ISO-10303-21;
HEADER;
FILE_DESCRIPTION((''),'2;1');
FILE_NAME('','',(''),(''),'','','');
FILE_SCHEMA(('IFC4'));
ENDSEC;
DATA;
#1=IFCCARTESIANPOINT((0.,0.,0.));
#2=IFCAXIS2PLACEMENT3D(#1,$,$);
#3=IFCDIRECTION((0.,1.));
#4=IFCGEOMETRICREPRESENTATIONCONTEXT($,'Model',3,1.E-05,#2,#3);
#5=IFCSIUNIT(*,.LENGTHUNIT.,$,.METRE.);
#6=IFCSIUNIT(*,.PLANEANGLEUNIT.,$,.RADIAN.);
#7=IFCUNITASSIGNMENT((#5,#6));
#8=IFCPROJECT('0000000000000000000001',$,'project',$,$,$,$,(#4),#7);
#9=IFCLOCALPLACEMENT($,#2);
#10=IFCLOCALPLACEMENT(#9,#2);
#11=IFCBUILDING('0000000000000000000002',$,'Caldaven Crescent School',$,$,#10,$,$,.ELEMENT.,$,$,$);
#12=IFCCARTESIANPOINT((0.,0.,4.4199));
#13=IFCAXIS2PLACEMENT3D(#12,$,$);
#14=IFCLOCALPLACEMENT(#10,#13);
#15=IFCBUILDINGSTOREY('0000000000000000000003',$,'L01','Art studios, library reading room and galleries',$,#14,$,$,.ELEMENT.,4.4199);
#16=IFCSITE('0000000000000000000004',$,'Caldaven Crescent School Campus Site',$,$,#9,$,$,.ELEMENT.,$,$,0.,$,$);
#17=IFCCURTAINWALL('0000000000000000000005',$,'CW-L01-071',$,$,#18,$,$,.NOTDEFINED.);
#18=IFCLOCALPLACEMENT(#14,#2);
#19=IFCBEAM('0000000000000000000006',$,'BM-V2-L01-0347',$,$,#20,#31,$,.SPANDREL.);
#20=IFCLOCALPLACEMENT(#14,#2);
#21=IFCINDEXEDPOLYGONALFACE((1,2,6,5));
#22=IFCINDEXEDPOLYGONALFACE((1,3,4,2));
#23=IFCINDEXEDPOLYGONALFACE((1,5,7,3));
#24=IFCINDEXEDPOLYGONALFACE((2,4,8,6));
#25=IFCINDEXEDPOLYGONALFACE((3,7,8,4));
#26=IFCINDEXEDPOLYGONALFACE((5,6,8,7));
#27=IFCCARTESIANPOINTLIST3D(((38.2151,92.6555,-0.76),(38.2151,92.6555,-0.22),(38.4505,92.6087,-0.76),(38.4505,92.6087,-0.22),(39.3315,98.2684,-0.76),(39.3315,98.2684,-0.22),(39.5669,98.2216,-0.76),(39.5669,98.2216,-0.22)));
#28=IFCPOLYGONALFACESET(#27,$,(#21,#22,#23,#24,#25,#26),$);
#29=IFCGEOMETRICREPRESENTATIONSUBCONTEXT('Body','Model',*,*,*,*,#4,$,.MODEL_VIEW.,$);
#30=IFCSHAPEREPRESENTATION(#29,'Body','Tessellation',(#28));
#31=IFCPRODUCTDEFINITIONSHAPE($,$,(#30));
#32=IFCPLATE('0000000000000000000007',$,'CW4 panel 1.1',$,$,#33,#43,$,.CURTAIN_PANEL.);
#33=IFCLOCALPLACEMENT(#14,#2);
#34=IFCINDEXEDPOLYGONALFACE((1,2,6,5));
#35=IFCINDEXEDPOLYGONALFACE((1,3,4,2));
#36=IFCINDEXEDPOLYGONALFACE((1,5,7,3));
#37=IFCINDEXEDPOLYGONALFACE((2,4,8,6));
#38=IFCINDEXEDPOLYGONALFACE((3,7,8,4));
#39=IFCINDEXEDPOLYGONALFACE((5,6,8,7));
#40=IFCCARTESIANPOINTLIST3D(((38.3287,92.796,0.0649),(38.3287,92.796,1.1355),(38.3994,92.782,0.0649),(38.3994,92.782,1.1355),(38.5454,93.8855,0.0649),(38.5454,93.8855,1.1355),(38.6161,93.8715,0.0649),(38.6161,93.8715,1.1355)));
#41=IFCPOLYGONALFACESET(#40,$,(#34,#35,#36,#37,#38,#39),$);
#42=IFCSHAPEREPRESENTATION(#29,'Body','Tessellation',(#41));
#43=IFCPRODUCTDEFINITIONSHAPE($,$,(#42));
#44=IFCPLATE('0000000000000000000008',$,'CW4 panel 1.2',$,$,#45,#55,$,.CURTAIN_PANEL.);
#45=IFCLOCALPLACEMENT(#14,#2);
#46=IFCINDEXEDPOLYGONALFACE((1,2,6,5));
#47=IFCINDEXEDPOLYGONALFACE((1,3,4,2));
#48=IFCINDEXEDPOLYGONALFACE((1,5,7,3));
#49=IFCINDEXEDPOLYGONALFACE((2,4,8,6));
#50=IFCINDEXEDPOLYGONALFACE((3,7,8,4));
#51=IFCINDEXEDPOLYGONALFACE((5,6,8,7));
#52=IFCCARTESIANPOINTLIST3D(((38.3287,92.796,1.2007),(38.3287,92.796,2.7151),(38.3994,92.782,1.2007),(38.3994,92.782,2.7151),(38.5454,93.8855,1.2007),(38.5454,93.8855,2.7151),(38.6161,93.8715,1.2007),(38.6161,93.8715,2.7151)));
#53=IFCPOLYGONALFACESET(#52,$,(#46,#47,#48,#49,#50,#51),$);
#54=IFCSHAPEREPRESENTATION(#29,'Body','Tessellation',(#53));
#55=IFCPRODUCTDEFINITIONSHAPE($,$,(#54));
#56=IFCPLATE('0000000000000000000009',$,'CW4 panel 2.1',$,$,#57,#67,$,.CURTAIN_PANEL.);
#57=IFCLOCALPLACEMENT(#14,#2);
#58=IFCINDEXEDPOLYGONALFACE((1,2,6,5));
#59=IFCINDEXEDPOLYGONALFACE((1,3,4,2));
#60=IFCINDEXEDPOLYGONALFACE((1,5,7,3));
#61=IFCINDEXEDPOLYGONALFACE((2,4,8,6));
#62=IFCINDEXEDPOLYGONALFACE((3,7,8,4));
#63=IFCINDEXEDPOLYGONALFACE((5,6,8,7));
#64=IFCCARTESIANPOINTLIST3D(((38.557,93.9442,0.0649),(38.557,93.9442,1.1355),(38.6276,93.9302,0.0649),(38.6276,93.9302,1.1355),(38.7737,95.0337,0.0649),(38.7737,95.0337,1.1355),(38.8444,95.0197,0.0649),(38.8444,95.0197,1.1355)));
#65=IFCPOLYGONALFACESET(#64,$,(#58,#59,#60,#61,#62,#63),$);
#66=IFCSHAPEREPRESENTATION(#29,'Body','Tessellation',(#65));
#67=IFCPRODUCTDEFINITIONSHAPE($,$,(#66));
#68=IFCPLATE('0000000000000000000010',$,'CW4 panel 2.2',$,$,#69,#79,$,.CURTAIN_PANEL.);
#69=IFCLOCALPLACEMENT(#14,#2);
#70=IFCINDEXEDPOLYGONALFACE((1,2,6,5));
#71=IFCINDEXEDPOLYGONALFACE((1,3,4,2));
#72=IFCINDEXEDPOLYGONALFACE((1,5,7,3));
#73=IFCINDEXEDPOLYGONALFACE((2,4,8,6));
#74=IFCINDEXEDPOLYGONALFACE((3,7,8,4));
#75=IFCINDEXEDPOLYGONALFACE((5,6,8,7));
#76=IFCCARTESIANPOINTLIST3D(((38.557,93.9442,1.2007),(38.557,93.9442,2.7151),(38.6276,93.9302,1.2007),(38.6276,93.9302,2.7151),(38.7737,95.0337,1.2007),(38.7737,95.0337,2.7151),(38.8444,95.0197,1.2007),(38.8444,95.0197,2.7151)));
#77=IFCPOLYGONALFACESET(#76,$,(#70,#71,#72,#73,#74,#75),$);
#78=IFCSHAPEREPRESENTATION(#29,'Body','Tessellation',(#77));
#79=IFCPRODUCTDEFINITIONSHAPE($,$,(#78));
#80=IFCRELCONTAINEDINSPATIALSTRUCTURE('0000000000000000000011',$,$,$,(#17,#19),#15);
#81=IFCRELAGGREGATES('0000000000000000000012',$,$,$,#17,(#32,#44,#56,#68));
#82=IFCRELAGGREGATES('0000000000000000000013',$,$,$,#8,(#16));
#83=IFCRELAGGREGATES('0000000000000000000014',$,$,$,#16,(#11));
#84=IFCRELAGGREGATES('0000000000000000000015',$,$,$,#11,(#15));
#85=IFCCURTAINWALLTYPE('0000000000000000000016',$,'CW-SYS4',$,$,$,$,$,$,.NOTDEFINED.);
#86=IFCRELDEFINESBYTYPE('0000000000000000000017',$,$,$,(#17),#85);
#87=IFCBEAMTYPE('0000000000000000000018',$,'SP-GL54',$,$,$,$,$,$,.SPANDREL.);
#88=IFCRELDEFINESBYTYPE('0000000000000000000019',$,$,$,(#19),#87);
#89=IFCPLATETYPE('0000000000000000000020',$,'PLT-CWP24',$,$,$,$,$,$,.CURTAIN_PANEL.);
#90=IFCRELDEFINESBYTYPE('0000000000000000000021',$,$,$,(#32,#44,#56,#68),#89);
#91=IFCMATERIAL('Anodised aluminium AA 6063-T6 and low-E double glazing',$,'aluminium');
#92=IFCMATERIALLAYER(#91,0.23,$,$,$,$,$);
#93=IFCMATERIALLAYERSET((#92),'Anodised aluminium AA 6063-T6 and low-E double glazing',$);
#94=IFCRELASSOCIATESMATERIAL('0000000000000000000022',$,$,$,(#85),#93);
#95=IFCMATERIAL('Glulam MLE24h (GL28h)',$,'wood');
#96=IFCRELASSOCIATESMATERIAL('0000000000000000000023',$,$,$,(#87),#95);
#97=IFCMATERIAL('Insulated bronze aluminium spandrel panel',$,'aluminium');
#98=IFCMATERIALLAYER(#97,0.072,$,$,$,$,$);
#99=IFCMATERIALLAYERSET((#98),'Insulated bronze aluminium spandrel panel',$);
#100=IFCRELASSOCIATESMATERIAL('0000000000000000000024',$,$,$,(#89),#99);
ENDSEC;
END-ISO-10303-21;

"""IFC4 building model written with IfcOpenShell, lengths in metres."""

from ifc_helpers import new_model, si_unit, direction, frame, origin, origin_2d, place, context, subcontext, project, spatial, rectangle, extrude, material, layer, layer_set, material_profile, profile_set, type_object, element, aggregate, save


model = new_model("IFC4")

# Units and contexts
model_context = context("Model", 3, precision=1e-05, world=origin(), true_north=direction((0.0, 1.0)))
body_context = subcontext(model_context, "Body", "Model", "MODEL_VIEW")
ifc_project = project(units=[si_unit("LENGTHUNIT", "METRE"), si_unit("PLANEANGLEUNIT", "RADIAN")], contexts=[model_context])

# Site, building, storey
site_placement = place(None, origin())
site = spatial("IfcSite", under=ifc_project, at=site_placement, Name="Caldaven Crescent School Campus Site", CompositionType="ELEMENT", RefElevation=0.0)
building_placement = place(site_placement, origin())
building = spatial("IfcBuilding", under=site, at=building_placement, Name="Caldaven Crescent School", CompositionType="ELEMENT")
storey_placement = place(building_placement, frame((0.0, 0.0, 4.4199)))
storey = spatial("IfcBuildingStorey", under=building, at=storey_placement, Name="L01", Description="Art studios, library reading room and galleries", CompositionType="ELEMENT", Elevation=4.4199)

# Curtain wall
ifc_material_1 = material(Name="Anodised aluminium AA 6063-T6 and low-E double glazing", Category="aluminium")
ifc_layer_1 = layer(ifc_material_1, 0.23)
ifc_layer_set_1 = layer_set([ifc_layer_1], Name="Anodised aluminium AA 6063-T6 and low-E double glazing")
curtain_wall_type_1 = type_object("IfcCurtainWallType", Name="CW-SYS4", PredefinedType="NOTDEFINED", material=ifc_layer_set_1)
curtain_wall_1_placement = place(storey_placement, origin())
curtain_wall_1 = element("IfcCurtainWall", 1, at=curtain_wall_1_placement, inside=storey, type_object=curtain_wall_type_1, Name="CW-L01-071", PredefinedType="NOTDEFINED")

# Beam
ifc_material_2 = material(Name="Glulam MLE24h (GL28h)", Category="wood")
ifc_material_profile_1 = material_profile(ifc_material_2, rectangle(XDim=0.24, YDim=0.54, at=origin_2d()), Name="MLE 240x540")
ifc_profile_set_1 = profile_set([ifc_material_profile_1], Name="Glulam MLE24h (GL28h)")
beam_type = type_object("IfcBeamType", Name="SP-GL54", PredefinedType="SPANDREL", material=ifc_profile_set_1)
beam_placement = place(storey_placement, frame((38.3328, 92.6321, -0.49), z_axis=(0.195082, 0.980787, 0.0), x_axis=(-0.980787, 0.195082, 0.0)))
element("IfcBeam", 2, at=beam_placement, inside=storey, type_object=beam_type, Name="BM-V2-L01-0347", PredefinedType="SPANDREL", context=body_context, shape_type="SweptSolid", body=[
    extrude(rectangle(XDim=0.24, YDim=0.54, at=origin_2d()), origin(), (0.0, 0.0, 1.0), 5.7229),
])

# Plates
ifc_material_3 = material(Name="Insulated bronze aluminium spandrel panel", Category="aluminium")
ifc_layer_2 = layer(ifc_material_3, 0.072)
ifc_layer_set_2 = layer_set([ifc_layer_2], Name="Insulated bronze aluminium spandrel panel")
plate_type = type_object("IfcPlateType", Name="PLT-CWP24", PredefinedType="CURTAIN_PANEL", material=ifc_layer_set_2)
plate_1_placement = place(storey_placement, frame((38.4724, 93.3337, 0.0649), z_axis=(0.0, 0.0, 1.0), x_axis=(0.195087, 0.980786, 0.0)))
plate_1 = element("IfcPlate", 3, at=plate_1_placement, type_object=plate_type, Name="CW4 panel 1.1", PredefinedType="CURTAIN_PANEL", context=body_context, shape_type="SweptSolid", body=[
    extrude(rectangle(XDim=1.1108, YDim=0.072, at=origin_2d()), origin(), (0.0, 0.0, 1.0), 1.0706),
])
plate_2_placement = place(storey_placement, frame((38.4724, 93.3337, 1.2007), z_axis=(0.0, 0.0, 1.0), x_axis=(0.195087, 0.980786, 0.0)))
plate_2 = element("IfcPlate", 4, at=plate_2_placement, type_object=plate_type, Name="CW4 panel 1.2", PredefinedType="CURTAIN_PANEL", context=body_context, shape_type="SweptSolid", body=[
    extrude(rectangle(XDim=1.1108, YDim=0.072, at=origin_2d()), origin(), (0.0, 0.0, 1.0), 1.5144),
])
plate_3_placement = place(storey_placement, frame((38.7007, 94.4819, 0.0649), z_axis=(0.0, 0.0, 1.0), x_axis=(0.195087, 0.980786, 0.0)))
plate_3 = element("IfcPlate", 5, at=plate_3_placement, type_object=plate_type, Name="CW4 panel 2.1", PredefinedType="CURTAIN_PANEL", context=body_context, shape_type="SweptSolid", body=[
    extrude(rectangle(XDim=1.1108, YDim=0.072, at=origin_2d()), origin(), (0.0, 0.0, 1.0), 1.0706),
])
plate_4_placement = place(storey_placement, frame((38.7007, 94.4819, 1.2007), z_axis=(0.0, 0.0, 1.0), x_axis=(0.195087, 0.980786, 0.0)))
plate_4 = element("IfcPlate", 6, at=plate_4_placement, type_object=plate_type, Name="CW4 panel 2.2", PredefinedType="CURTAIN_PANEL", context=body_context, shape_type="SweptSolid", body=[
    extrude(rectangle(XDim=1.1108, YDim=0.072, at=origin_2d()), origin(), (0.0, 0.0, 1.0), 1.5144),
])
aggregate(curtain_wall_1, [plate_1, plate_2, plate_3, plate_4])

save(model, "model.ifc")
